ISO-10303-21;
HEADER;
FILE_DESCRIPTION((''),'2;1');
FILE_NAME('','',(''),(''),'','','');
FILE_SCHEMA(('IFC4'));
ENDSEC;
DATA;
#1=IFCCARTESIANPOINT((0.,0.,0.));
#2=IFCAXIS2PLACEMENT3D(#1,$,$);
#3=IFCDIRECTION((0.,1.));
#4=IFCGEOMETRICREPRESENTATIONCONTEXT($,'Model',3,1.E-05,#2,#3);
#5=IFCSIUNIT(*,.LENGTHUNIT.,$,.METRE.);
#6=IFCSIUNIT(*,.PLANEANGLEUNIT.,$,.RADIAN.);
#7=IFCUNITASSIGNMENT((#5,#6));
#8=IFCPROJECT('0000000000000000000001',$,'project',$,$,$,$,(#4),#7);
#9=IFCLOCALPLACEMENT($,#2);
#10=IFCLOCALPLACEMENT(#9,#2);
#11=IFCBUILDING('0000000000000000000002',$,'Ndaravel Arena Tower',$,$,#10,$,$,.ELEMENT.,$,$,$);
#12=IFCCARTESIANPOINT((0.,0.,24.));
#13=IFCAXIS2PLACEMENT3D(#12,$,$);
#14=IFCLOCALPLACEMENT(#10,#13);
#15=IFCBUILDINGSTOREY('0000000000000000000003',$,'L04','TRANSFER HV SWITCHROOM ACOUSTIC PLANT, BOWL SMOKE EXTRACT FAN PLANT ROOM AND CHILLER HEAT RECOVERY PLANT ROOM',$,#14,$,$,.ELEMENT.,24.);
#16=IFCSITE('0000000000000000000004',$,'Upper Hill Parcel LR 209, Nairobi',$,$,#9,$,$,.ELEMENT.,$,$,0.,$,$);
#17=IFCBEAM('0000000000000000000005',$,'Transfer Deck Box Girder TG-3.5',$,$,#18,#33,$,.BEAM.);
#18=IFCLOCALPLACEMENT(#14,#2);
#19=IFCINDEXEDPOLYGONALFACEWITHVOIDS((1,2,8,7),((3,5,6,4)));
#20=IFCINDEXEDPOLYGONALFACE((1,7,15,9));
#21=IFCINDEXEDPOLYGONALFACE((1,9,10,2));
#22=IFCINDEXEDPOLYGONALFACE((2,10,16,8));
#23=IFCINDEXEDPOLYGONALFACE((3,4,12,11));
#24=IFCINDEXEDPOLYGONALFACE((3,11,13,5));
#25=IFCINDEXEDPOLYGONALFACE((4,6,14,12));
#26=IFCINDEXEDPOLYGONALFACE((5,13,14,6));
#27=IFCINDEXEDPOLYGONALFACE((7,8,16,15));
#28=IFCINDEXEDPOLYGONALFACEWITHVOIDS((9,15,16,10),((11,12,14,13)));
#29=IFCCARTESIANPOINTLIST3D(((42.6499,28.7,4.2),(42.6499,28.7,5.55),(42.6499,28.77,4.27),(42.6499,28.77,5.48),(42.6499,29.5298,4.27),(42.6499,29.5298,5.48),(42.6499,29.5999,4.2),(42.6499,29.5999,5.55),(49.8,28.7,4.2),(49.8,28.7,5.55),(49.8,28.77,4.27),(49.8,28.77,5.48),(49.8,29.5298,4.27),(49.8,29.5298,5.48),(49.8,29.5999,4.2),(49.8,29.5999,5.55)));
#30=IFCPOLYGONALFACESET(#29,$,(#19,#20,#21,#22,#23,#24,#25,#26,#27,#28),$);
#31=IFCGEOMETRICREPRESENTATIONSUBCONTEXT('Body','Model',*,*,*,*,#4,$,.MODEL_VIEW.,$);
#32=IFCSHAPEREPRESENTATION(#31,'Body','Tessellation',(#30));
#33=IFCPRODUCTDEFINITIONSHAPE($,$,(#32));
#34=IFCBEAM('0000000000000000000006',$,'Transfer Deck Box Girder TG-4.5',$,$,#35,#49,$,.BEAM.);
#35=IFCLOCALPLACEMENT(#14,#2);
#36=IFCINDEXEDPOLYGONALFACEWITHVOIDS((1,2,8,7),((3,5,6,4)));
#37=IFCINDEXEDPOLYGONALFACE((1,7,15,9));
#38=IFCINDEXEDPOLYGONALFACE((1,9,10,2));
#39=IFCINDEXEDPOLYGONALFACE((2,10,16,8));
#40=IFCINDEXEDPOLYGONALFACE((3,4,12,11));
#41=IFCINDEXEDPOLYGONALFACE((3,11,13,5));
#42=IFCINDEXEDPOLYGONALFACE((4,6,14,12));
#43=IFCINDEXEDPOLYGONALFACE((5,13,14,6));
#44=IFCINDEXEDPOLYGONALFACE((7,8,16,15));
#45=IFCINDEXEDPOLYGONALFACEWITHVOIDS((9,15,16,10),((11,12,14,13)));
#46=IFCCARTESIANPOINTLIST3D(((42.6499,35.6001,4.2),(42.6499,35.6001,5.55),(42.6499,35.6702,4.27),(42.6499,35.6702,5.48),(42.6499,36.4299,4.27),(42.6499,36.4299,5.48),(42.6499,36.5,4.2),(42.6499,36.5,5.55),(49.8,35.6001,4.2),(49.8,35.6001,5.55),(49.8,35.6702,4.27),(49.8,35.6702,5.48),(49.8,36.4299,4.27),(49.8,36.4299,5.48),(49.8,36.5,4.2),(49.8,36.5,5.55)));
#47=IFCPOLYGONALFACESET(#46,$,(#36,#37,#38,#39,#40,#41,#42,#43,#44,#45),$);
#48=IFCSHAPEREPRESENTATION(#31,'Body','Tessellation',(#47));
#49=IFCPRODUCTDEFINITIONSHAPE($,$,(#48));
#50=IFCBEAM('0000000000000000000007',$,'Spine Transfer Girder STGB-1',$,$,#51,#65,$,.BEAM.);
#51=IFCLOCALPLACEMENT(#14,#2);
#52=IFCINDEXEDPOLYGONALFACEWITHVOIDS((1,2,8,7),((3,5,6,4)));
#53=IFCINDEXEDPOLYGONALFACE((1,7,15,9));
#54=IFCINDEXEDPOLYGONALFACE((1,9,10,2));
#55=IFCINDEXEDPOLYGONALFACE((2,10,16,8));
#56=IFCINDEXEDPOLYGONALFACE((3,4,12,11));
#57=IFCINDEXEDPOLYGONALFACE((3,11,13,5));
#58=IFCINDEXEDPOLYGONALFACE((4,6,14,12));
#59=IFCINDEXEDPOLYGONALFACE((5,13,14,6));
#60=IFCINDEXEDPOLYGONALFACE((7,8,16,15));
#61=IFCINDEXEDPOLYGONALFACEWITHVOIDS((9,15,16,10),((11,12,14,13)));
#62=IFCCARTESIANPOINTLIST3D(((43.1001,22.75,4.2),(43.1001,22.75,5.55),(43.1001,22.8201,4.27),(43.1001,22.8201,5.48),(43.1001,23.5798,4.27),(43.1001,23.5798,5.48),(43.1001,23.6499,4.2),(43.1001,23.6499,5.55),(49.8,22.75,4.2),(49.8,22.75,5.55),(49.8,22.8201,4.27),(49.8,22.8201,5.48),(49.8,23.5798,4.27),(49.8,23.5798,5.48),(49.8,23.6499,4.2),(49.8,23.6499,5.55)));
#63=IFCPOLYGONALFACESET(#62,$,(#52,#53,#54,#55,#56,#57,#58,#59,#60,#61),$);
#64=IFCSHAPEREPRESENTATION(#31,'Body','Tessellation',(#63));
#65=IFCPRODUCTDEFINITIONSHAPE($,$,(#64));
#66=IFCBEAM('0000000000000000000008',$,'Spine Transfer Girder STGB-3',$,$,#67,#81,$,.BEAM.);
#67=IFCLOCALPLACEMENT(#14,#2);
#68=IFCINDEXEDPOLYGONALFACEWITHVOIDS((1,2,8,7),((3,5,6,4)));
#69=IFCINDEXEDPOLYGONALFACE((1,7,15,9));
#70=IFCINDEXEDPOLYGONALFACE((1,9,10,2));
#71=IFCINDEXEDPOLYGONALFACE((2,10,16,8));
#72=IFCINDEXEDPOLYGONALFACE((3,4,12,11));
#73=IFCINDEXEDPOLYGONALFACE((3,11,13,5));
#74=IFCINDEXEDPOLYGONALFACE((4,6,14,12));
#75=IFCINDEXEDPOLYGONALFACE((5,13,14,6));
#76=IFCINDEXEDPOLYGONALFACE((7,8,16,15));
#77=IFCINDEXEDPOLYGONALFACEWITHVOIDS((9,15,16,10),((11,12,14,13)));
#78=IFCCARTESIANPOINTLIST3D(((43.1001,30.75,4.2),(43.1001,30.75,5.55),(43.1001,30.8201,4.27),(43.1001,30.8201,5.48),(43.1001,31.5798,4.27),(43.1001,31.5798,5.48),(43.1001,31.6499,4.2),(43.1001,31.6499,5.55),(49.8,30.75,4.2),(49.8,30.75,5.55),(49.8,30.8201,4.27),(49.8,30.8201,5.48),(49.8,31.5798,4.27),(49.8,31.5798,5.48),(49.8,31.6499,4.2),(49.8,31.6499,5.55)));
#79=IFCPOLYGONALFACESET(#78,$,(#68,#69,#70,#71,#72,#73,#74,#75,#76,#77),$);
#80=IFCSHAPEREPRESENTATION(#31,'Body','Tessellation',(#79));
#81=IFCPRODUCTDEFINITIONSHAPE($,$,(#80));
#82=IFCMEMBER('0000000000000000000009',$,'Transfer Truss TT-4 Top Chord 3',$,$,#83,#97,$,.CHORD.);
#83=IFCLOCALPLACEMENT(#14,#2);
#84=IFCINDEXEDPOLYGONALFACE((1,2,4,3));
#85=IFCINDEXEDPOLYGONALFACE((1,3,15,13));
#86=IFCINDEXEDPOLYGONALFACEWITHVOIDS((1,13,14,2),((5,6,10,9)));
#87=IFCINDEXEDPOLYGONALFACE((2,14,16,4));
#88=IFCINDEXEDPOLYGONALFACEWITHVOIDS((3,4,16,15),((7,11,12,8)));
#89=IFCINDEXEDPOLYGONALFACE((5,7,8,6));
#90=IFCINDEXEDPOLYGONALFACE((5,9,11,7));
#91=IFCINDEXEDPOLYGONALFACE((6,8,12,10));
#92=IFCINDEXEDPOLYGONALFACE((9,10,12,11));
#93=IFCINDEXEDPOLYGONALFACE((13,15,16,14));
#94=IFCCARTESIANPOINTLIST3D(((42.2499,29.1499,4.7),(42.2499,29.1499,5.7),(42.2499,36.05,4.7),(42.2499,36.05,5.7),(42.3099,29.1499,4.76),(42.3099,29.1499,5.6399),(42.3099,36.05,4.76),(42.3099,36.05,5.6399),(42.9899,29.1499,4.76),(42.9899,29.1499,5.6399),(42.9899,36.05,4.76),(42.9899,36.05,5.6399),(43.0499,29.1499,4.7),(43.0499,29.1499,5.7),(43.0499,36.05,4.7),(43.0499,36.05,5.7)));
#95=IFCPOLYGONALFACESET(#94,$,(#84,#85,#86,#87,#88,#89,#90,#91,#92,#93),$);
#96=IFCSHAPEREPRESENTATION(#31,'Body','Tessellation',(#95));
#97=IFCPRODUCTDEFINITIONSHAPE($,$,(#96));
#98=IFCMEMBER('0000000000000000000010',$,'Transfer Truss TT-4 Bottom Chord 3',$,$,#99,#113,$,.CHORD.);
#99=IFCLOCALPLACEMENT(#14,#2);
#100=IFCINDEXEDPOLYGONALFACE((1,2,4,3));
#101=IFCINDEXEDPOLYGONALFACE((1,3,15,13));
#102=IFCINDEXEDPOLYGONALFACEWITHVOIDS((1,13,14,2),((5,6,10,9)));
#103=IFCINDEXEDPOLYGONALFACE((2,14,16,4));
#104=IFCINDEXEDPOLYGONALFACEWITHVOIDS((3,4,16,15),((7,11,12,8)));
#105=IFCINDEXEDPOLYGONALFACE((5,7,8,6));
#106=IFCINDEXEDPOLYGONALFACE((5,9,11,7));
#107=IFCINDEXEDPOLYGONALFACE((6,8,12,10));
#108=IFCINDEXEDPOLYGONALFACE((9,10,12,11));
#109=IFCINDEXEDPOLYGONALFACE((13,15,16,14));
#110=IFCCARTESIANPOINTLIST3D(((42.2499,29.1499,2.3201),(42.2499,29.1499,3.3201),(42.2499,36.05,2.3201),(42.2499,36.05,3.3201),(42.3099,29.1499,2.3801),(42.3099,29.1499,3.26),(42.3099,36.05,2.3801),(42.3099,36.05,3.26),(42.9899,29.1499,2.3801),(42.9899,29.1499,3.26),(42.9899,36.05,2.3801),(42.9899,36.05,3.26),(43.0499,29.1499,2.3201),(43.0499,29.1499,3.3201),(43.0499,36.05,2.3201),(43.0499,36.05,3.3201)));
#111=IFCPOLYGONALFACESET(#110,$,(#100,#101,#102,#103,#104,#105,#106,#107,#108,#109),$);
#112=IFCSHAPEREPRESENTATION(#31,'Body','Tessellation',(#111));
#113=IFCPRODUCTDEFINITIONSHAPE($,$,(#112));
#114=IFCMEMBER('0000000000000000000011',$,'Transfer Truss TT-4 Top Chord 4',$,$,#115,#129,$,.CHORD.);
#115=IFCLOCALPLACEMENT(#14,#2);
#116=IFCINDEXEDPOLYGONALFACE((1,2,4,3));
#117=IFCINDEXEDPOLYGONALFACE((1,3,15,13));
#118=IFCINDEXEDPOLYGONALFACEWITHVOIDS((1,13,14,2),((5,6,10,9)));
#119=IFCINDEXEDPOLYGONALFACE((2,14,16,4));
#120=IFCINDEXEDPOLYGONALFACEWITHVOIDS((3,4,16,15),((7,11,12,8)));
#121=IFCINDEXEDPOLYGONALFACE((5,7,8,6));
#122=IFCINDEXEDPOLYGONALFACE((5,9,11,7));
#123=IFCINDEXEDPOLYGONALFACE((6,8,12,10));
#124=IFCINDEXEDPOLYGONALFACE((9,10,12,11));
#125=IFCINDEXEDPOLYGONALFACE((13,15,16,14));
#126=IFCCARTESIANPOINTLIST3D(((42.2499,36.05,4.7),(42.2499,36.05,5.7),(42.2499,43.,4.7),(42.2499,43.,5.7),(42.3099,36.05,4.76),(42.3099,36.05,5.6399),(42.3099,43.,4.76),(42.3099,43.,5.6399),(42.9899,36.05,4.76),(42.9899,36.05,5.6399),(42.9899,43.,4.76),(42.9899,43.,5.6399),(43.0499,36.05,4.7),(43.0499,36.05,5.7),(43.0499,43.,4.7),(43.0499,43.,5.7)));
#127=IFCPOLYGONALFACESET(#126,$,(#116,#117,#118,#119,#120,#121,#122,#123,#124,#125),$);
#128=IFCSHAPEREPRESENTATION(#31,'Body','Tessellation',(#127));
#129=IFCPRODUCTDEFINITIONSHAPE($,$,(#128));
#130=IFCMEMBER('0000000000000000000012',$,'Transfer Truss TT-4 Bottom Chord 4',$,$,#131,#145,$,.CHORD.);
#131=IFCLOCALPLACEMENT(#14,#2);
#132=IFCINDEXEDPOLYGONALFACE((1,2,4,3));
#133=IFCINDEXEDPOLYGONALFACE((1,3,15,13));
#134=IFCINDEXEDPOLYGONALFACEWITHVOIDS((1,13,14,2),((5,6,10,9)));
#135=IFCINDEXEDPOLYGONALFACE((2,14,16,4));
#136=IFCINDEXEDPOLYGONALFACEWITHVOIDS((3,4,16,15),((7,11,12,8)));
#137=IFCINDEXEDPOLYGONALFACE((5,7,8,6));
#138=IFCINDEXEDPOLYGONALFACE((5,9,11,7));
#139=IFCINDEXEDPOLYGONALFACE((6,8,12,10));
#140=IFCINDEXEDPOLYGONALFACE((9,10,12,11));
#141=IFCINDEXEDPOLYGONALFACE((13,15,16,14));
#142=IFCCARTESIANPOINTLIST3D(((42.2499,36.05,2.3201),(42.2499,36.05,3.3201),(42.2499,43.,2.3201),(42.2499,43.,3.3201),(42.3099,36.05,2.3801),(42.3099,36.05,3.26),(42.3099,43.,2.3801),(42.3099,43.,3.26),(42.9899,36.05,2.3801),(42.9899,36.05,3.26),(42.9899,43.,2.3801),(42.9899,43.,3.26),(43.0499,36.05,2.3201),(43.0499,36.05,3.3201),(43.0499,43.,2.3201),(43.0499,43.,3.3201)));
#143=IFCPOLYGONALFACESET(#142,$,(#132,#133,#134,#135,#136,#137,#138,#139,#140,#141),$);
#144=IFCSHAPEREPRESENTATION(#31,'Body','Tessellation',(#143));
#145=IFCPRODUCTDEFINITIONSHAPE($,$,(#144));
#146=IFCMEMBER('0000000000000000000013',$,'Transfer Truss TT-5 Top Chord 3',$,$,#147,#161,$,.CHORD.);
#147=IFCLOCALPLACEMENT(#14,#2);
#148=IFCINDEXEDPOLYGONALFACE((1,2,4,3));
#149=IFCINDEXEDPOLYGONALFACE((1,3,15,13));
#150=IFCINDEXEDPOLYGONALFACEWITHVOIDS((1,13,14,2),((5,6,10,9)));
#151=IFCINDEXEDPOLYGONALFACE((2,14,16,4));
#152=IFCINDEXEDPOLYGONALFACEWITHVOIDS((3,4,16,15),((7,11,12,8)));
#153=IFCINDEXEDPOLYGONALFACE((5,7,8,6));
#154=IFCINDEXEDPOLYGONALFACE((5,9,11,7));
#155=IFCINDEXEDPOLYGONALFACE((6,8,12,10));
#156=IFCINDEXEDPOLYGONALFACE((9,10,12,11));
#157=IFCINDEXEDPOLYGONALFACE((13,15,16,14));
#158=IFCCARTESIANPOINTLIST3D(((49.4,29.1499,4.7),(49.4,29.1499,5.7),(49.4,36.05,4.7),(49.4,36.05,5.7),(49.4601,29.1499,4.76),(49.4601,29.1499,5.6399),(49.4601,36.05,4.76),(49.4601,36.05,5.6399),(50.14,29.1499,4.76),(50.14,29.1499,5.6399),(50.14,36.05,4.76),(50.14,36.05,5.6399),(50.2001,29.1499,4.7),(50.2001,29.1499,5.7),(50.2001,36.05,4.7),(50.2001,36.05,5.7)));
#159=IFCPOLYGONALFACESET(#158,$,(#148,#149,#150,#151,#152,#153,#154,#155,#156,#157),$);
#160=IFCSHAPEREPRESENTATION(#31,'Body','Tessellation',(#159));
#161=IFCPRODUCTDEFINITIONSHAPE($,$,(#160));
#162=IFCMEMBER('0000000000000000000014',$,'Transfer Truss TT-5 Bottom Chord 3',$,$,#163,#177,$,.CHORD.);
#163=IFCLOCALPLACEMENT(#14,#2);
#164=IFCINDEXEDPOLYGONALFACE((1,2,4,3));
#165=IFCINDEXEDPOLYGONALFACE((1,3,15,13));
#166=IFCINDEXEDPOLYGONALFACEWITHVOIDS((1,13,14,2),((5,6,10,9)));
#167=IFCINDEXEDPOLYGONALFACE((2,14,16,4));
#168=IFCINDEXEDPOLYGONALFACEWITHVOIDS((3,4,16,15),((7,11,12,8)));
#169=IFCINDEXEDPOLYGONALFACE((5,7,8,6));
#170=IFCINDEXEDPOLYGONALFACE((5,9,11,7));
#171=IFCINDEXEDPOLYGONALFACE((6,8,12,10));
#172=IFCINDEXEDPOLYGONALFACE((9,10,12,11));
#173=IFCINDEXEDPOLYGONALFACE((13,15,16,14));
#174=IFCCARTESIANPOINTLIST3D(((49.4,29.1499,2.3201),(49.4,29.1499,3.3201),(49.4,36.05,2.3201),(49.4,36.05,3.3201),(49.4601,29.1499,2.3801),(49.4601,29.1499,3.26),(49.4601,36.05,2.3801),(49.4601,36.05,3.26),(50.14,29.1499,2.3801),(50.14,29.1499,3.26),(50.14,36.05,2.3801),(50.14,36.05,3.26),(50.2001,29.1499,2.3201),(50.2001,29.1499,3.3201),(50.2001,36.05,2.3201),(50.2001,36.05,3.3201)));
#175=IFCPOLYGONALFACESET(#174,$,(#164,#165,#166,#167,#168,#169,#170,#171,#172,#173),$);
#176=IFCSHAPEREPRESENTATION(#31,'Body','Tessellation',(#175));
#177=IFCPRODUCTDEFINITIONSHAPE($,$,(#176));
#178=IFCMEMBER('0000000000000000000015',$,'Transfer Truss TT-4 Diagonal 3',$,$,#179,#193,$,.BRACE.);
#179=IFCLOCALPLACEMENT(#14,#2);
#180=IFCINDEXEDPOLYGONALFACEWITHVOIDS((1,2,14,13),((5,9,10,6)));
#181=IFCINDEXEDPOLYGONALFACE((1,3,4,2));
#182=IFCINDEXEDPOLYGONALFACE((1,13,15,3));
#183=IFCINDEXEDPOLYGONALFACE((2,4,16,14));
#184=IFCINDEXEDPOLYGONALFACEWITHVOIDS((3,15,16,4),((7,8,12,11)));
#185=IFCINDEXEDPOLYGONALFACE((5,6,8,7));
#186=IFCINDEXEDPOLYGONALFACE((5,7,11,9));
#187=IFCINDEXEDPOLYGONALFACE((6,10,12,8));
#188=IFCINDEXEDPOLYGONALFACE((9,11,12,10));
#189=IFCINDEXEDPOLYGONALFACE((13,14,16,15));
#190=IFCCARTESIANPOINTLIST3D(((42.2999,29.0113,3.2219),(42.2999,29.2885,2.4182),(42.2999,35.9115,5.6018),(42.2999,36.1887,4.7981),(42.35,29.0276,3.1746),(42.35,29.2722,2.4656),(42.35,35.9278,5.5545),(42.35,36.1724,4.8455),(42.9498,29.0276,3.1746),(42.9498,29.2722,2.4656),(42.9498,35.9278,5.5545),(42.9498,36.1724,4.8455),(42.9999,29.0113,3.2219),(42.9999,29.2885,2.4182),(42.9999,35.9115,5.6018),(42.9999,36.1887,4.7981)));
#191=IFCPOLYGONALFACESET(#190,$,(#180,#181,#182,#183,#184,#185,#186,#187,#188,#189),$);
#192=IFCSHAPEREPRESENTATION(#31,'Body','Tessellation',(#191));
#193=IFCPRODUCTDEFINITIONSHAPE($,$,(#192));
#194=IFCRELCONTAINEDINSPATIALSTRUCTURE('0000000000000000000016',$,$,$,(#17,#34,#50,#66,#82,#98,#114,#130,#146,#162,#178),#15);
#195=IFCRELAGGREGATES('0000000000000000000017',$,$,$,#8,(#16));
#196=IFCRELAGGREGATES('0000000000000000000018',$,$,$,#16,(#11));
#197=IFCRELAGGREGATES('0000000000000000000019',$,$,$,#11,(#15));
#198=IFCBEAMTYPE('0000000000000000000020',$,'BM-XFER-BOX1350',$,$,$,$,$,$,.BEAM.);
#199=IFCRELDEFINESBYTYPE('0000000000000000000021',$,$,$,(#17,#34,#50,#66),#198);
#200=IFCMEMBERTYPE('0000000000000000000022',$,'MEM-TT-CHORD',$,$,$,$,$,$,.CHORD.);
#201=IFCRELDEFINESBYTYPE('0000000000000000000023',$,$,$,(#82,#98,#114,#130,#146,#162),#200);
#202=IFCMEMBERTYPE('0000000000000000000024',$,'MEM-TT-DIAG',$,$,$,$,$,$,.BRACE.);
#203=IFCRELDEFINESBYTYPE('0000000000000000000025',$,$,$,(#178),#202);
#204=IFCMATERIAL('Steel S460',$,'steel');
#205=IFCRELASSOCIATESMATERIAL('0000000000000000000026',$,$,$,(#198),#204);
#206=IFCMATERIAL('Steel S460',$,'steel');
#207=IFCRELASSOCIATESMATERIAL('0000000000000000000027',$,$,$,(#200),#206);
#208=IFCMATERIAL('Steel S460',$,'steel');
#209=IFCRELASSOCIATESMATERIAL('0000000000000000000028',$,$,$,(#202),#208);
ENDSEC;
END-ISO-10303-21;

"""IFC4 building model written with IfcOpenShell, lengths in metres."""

from ifc_helpers import new_model, si_unit, direction, frame, origin, origin_2d, place, context, subcontext, project, spatial, hollow_rectangle, extrude, material, material_profile, profile_set, type_object, element, save


model = new_model("IFC4")

# Units and contexts
model_context = context("Model", 3, precision=1e-05, world=origin(), true_north=direction((0.0, 1.0)))
body_context = subcontext(model_context, "Body", "Model", "MODEL_VIEW")
ifc_project = project(units=[si_unit("LENGTHUNIT", "METRE"), si_unit("PLANEANGLEUNIT", "RADIAN")], contexts=[model_context])

# Site, building, storey
site_placement = place(None, origin())
site = spatial("IfcSite", under=ifc_project, at=site_placement, Name="Upper Hill Parcel LR 209, Nairobi", CompositionType="ELEMENT", RefElevation=0.0)
building_placement = place(site_placement, origin())
building = spatial("IfcBuilding", under=site, at=building_placement, Name="Ndaravel Arena Tower", CompositionType="ELEMENT")
storey_placement = place(building_placement, frame((0.0, 0.0, 24.0)))
storey = spatial("IfcBuildingStorey", under=building, at=storey_placement, Name="L04", Description="TRANSFER HV SWITCHROOM ACOUSTIC PLANT, BOWL SMOKE EXTRACT FAN PLANT ROOM AND CHILLER HEAT RECOVERY PLANT ROOM", CompositionType="ELEMENT", Elevation=24.0)

# Beams
ifc_material_1 = material(Name="Steel S460", Category="steel")
ifc_material_profile_1 = material_profile(ifc_material_1, hollow_rectangle(XDim=0.8999, YDim=1.3501, WallThickness=0.0701, at=origin_2d()), Name="BOX 1350x900x70")
ifc_profile_set_1 = profile_set([ifc_material_profile_1], Name="Steel S460")
beam_type = type_object("IfcBeamType", Name="BM-XFER-BOX1350", PredefinedType="BEAM", material=ifc_profile_set_1)
for number, where, z_axis, x_axis, name in (
    (1, (42.6499, 29.1499, 4.875), (1.0, 0.0, 0.0), (0.0, 1.0, 0.0), "Transfer Deck Box Girder TG-3.5"),
    (2, (42.6499, 36.05, 4.875), (1.0, 0.0, 0.0), (0.0, 1.0, 0.0), "Transfer Deck Box Girder TG-4.5"),
):
    element("IfcBeam", number, at=place(storey_placement, frame(where, z_axis=z_axis, x_axis=x_axis)), inside=storey, type_object=beam_type, Name=name, PredefinedType="BEAM", context=body_context, shape_type="SweptSolid", body=[
        extrude(hollow_rectangle(XDim=0.8999, YDim=1.3501, WallThickness=0.0701, at=origin_2d()), origin(), (0.0, 0.0, 1.0), 7.1501),
    ])
for number, where, z_axis, x_axis, name in (
    (3, (43.1001, 23.2, 4.875), (1.0, 0.0, 0.0), (0.0, 1.0, 0.0), "Spine Transfer Girder STGB-1"),
    (4, (43.1001, 31.2, 4.875), (1.0, 0.0, 0.0), (0.0, 1.0, 0.0), "Spine Transfer Girder STGB-3"),
):
    element("IfcBeam", number, at=place(storey_placement, frame(where, z_axis=z_axis, x_axis=x_axis)), inside=storey, type_object=beam_type, Name=name, PredefinedType="BEAM", context=body_context, shape_type="SweptSolid", body=[
        extrude(hollow_rectangle(XDim=0.8999, YDim=1.3501, WallThickness=0.0701, at=origin_2d()), origin(), (0.0, 0.0, 1.0), 6.7),
    ])

# Members
ifc_material_2 = material(Name="Steel S460", Category="steel")
ifc_material_profile_2 = material_profile(ifc_material_2, hollow_rectangle(XDim=0.8, YDim=1.0, WallThickness=0.0601, at=origin_2d()), Name="BOX 1000x800x60")
ifc_profile_set_2 = profile_set([ifc_material_profile_2], Name="Steel S460")
member_type_1 = type_object("IfcMemberType", Name="MEM-TT-CHORD", PredefinedType="CHORD", material=ifc_profile_set_2)
for number, where, z_axis, x_axis, name in (
    (5, (42.6499, 29.1499, 5.2), (0.0, 1.0, 0.0), (-1.0, 0.0, 0.0), "Transfer Truss TT-4 Top Chord 3"),
    (6, (42.6499, 29.1499, 2.8201), (0.0, 1.0, 0.0), (-1.0, 0.0, 0.0), "Transfer Truss TT-4 Bottom Chord 3"),
):
    element("IfcMember", number, at=place(storey_placement, frame(where, z_axis=z_axis, x_axis=x_axis)), inside=storey, type_object=member_type_1, Name=name, PredefinedType="CHORD", context=body_context, shape_type="SweptSolid", body=[
        extrude(hollow_rectangle(XDim=0.8, YDim=1.0, WallThickness=0.0601, at=origin_2d()), origin(), (0.0, 0.0, 1.0), 6.9001),
    ])
for number, where, z_axis, x_axis, name in (
    (7, (42.6499, 36.05, 5.2), (0.0, 1.0, 0.0), (-1.0, 0.0, 0.0), "Transfer Truss TT-4 Top Chord 4"),
    (8, (42.6499, 36.05, 2.8201), (0.0, 1.0, 0.0), (-1.0, 0.0, 0.0), "Transfer Truss TT-4 Bottom Chord 4"),
):
    element("IfcMember", number, at=place(storey_placement, frame(where, z_axis=z_axis, x_axis=x_axis)), inside=storey, type_object=member_type_1, Name=name, PredefinedType="CHORD", context=body_context, shape_type="SweptSolid", body=[
        extrude(hollow_rectangle(XDim=0.8, YDim=1.0, WallThickness=0.0601, at=origin_2d()), origin(), (0.0, 0.0, 1.0), 6.95),
    ])
for number, where, z_axis, x_axis, name in (
    (9, (49.8, 29.1499, 5.2), (0.0, 1.0, 0.0), (-1.0, 0.0, 0.0), "Transfer Truss TT-5 Top Chord 3"),
    (10, (49.8, 29.1499, 2.8201), (0.0, 1.0, 0.0), (-1.0, 0.0, 0.0), "Transfer Truss TT-5 Bottom Chord 3"),
):
    element("IfcMember", number, at=place(storey_placement, frame(where, z_axis=z_axis, x_axis=x_axis)), inside=storey, type_object=member_type_1, Name=name, PredefinedType="CHORD", context=body_context, shape_type="SweptSolid", body=[
        extrude(hollow_rectangle(XDim=0.8, YDim=1.0, WallThickness=0.0601, at=origin_2d()), origin(), (0.0, 0.0, 1.0), 6.9001),
    ])
ifc_material_3 = material(Name="Steel S460", Category="steel")
ifc_material_profile_3 = material_profile(ifc_material_3, hollow_rectangle(XDim=0.7, YDim=0.8501, WallThickness=0.05, at=origin_2d()), Name="BOX 850x700x50")
ifc_profile_set_3 = profile_set([ifc_material_profile_3], Name="Steel S460")
member_type_2 = type_object("IfcMemberType", Name="MEM-TT-DIAG", PredefinedType="BRACE", material=ifc_profile_set_3)
member_1_placement = place(storey_placement, frame((42.6499, 29.1499, 2.8201), z_axis=(0.0, 0.945351, 0.326055), x_axis=(-1.0, 0.0, 0.0)))
element("IfcMember", 11, at=member_1_placement, inside=storey, type_object=member_type_2, Name="Transfer Truss TT-4 Diagonal 3", PredefinedType="BRACE", context=body_context, shape_type="SweptSolid", body=[
    extrude(hollow_rectangle(XDim=0.7, YDim=0.8501, WallThickness=0.05, at=origin_2d()), origin(), (0.0, 0.0, 1.0), 7.2991),
])

save(model, "model.ifc")
